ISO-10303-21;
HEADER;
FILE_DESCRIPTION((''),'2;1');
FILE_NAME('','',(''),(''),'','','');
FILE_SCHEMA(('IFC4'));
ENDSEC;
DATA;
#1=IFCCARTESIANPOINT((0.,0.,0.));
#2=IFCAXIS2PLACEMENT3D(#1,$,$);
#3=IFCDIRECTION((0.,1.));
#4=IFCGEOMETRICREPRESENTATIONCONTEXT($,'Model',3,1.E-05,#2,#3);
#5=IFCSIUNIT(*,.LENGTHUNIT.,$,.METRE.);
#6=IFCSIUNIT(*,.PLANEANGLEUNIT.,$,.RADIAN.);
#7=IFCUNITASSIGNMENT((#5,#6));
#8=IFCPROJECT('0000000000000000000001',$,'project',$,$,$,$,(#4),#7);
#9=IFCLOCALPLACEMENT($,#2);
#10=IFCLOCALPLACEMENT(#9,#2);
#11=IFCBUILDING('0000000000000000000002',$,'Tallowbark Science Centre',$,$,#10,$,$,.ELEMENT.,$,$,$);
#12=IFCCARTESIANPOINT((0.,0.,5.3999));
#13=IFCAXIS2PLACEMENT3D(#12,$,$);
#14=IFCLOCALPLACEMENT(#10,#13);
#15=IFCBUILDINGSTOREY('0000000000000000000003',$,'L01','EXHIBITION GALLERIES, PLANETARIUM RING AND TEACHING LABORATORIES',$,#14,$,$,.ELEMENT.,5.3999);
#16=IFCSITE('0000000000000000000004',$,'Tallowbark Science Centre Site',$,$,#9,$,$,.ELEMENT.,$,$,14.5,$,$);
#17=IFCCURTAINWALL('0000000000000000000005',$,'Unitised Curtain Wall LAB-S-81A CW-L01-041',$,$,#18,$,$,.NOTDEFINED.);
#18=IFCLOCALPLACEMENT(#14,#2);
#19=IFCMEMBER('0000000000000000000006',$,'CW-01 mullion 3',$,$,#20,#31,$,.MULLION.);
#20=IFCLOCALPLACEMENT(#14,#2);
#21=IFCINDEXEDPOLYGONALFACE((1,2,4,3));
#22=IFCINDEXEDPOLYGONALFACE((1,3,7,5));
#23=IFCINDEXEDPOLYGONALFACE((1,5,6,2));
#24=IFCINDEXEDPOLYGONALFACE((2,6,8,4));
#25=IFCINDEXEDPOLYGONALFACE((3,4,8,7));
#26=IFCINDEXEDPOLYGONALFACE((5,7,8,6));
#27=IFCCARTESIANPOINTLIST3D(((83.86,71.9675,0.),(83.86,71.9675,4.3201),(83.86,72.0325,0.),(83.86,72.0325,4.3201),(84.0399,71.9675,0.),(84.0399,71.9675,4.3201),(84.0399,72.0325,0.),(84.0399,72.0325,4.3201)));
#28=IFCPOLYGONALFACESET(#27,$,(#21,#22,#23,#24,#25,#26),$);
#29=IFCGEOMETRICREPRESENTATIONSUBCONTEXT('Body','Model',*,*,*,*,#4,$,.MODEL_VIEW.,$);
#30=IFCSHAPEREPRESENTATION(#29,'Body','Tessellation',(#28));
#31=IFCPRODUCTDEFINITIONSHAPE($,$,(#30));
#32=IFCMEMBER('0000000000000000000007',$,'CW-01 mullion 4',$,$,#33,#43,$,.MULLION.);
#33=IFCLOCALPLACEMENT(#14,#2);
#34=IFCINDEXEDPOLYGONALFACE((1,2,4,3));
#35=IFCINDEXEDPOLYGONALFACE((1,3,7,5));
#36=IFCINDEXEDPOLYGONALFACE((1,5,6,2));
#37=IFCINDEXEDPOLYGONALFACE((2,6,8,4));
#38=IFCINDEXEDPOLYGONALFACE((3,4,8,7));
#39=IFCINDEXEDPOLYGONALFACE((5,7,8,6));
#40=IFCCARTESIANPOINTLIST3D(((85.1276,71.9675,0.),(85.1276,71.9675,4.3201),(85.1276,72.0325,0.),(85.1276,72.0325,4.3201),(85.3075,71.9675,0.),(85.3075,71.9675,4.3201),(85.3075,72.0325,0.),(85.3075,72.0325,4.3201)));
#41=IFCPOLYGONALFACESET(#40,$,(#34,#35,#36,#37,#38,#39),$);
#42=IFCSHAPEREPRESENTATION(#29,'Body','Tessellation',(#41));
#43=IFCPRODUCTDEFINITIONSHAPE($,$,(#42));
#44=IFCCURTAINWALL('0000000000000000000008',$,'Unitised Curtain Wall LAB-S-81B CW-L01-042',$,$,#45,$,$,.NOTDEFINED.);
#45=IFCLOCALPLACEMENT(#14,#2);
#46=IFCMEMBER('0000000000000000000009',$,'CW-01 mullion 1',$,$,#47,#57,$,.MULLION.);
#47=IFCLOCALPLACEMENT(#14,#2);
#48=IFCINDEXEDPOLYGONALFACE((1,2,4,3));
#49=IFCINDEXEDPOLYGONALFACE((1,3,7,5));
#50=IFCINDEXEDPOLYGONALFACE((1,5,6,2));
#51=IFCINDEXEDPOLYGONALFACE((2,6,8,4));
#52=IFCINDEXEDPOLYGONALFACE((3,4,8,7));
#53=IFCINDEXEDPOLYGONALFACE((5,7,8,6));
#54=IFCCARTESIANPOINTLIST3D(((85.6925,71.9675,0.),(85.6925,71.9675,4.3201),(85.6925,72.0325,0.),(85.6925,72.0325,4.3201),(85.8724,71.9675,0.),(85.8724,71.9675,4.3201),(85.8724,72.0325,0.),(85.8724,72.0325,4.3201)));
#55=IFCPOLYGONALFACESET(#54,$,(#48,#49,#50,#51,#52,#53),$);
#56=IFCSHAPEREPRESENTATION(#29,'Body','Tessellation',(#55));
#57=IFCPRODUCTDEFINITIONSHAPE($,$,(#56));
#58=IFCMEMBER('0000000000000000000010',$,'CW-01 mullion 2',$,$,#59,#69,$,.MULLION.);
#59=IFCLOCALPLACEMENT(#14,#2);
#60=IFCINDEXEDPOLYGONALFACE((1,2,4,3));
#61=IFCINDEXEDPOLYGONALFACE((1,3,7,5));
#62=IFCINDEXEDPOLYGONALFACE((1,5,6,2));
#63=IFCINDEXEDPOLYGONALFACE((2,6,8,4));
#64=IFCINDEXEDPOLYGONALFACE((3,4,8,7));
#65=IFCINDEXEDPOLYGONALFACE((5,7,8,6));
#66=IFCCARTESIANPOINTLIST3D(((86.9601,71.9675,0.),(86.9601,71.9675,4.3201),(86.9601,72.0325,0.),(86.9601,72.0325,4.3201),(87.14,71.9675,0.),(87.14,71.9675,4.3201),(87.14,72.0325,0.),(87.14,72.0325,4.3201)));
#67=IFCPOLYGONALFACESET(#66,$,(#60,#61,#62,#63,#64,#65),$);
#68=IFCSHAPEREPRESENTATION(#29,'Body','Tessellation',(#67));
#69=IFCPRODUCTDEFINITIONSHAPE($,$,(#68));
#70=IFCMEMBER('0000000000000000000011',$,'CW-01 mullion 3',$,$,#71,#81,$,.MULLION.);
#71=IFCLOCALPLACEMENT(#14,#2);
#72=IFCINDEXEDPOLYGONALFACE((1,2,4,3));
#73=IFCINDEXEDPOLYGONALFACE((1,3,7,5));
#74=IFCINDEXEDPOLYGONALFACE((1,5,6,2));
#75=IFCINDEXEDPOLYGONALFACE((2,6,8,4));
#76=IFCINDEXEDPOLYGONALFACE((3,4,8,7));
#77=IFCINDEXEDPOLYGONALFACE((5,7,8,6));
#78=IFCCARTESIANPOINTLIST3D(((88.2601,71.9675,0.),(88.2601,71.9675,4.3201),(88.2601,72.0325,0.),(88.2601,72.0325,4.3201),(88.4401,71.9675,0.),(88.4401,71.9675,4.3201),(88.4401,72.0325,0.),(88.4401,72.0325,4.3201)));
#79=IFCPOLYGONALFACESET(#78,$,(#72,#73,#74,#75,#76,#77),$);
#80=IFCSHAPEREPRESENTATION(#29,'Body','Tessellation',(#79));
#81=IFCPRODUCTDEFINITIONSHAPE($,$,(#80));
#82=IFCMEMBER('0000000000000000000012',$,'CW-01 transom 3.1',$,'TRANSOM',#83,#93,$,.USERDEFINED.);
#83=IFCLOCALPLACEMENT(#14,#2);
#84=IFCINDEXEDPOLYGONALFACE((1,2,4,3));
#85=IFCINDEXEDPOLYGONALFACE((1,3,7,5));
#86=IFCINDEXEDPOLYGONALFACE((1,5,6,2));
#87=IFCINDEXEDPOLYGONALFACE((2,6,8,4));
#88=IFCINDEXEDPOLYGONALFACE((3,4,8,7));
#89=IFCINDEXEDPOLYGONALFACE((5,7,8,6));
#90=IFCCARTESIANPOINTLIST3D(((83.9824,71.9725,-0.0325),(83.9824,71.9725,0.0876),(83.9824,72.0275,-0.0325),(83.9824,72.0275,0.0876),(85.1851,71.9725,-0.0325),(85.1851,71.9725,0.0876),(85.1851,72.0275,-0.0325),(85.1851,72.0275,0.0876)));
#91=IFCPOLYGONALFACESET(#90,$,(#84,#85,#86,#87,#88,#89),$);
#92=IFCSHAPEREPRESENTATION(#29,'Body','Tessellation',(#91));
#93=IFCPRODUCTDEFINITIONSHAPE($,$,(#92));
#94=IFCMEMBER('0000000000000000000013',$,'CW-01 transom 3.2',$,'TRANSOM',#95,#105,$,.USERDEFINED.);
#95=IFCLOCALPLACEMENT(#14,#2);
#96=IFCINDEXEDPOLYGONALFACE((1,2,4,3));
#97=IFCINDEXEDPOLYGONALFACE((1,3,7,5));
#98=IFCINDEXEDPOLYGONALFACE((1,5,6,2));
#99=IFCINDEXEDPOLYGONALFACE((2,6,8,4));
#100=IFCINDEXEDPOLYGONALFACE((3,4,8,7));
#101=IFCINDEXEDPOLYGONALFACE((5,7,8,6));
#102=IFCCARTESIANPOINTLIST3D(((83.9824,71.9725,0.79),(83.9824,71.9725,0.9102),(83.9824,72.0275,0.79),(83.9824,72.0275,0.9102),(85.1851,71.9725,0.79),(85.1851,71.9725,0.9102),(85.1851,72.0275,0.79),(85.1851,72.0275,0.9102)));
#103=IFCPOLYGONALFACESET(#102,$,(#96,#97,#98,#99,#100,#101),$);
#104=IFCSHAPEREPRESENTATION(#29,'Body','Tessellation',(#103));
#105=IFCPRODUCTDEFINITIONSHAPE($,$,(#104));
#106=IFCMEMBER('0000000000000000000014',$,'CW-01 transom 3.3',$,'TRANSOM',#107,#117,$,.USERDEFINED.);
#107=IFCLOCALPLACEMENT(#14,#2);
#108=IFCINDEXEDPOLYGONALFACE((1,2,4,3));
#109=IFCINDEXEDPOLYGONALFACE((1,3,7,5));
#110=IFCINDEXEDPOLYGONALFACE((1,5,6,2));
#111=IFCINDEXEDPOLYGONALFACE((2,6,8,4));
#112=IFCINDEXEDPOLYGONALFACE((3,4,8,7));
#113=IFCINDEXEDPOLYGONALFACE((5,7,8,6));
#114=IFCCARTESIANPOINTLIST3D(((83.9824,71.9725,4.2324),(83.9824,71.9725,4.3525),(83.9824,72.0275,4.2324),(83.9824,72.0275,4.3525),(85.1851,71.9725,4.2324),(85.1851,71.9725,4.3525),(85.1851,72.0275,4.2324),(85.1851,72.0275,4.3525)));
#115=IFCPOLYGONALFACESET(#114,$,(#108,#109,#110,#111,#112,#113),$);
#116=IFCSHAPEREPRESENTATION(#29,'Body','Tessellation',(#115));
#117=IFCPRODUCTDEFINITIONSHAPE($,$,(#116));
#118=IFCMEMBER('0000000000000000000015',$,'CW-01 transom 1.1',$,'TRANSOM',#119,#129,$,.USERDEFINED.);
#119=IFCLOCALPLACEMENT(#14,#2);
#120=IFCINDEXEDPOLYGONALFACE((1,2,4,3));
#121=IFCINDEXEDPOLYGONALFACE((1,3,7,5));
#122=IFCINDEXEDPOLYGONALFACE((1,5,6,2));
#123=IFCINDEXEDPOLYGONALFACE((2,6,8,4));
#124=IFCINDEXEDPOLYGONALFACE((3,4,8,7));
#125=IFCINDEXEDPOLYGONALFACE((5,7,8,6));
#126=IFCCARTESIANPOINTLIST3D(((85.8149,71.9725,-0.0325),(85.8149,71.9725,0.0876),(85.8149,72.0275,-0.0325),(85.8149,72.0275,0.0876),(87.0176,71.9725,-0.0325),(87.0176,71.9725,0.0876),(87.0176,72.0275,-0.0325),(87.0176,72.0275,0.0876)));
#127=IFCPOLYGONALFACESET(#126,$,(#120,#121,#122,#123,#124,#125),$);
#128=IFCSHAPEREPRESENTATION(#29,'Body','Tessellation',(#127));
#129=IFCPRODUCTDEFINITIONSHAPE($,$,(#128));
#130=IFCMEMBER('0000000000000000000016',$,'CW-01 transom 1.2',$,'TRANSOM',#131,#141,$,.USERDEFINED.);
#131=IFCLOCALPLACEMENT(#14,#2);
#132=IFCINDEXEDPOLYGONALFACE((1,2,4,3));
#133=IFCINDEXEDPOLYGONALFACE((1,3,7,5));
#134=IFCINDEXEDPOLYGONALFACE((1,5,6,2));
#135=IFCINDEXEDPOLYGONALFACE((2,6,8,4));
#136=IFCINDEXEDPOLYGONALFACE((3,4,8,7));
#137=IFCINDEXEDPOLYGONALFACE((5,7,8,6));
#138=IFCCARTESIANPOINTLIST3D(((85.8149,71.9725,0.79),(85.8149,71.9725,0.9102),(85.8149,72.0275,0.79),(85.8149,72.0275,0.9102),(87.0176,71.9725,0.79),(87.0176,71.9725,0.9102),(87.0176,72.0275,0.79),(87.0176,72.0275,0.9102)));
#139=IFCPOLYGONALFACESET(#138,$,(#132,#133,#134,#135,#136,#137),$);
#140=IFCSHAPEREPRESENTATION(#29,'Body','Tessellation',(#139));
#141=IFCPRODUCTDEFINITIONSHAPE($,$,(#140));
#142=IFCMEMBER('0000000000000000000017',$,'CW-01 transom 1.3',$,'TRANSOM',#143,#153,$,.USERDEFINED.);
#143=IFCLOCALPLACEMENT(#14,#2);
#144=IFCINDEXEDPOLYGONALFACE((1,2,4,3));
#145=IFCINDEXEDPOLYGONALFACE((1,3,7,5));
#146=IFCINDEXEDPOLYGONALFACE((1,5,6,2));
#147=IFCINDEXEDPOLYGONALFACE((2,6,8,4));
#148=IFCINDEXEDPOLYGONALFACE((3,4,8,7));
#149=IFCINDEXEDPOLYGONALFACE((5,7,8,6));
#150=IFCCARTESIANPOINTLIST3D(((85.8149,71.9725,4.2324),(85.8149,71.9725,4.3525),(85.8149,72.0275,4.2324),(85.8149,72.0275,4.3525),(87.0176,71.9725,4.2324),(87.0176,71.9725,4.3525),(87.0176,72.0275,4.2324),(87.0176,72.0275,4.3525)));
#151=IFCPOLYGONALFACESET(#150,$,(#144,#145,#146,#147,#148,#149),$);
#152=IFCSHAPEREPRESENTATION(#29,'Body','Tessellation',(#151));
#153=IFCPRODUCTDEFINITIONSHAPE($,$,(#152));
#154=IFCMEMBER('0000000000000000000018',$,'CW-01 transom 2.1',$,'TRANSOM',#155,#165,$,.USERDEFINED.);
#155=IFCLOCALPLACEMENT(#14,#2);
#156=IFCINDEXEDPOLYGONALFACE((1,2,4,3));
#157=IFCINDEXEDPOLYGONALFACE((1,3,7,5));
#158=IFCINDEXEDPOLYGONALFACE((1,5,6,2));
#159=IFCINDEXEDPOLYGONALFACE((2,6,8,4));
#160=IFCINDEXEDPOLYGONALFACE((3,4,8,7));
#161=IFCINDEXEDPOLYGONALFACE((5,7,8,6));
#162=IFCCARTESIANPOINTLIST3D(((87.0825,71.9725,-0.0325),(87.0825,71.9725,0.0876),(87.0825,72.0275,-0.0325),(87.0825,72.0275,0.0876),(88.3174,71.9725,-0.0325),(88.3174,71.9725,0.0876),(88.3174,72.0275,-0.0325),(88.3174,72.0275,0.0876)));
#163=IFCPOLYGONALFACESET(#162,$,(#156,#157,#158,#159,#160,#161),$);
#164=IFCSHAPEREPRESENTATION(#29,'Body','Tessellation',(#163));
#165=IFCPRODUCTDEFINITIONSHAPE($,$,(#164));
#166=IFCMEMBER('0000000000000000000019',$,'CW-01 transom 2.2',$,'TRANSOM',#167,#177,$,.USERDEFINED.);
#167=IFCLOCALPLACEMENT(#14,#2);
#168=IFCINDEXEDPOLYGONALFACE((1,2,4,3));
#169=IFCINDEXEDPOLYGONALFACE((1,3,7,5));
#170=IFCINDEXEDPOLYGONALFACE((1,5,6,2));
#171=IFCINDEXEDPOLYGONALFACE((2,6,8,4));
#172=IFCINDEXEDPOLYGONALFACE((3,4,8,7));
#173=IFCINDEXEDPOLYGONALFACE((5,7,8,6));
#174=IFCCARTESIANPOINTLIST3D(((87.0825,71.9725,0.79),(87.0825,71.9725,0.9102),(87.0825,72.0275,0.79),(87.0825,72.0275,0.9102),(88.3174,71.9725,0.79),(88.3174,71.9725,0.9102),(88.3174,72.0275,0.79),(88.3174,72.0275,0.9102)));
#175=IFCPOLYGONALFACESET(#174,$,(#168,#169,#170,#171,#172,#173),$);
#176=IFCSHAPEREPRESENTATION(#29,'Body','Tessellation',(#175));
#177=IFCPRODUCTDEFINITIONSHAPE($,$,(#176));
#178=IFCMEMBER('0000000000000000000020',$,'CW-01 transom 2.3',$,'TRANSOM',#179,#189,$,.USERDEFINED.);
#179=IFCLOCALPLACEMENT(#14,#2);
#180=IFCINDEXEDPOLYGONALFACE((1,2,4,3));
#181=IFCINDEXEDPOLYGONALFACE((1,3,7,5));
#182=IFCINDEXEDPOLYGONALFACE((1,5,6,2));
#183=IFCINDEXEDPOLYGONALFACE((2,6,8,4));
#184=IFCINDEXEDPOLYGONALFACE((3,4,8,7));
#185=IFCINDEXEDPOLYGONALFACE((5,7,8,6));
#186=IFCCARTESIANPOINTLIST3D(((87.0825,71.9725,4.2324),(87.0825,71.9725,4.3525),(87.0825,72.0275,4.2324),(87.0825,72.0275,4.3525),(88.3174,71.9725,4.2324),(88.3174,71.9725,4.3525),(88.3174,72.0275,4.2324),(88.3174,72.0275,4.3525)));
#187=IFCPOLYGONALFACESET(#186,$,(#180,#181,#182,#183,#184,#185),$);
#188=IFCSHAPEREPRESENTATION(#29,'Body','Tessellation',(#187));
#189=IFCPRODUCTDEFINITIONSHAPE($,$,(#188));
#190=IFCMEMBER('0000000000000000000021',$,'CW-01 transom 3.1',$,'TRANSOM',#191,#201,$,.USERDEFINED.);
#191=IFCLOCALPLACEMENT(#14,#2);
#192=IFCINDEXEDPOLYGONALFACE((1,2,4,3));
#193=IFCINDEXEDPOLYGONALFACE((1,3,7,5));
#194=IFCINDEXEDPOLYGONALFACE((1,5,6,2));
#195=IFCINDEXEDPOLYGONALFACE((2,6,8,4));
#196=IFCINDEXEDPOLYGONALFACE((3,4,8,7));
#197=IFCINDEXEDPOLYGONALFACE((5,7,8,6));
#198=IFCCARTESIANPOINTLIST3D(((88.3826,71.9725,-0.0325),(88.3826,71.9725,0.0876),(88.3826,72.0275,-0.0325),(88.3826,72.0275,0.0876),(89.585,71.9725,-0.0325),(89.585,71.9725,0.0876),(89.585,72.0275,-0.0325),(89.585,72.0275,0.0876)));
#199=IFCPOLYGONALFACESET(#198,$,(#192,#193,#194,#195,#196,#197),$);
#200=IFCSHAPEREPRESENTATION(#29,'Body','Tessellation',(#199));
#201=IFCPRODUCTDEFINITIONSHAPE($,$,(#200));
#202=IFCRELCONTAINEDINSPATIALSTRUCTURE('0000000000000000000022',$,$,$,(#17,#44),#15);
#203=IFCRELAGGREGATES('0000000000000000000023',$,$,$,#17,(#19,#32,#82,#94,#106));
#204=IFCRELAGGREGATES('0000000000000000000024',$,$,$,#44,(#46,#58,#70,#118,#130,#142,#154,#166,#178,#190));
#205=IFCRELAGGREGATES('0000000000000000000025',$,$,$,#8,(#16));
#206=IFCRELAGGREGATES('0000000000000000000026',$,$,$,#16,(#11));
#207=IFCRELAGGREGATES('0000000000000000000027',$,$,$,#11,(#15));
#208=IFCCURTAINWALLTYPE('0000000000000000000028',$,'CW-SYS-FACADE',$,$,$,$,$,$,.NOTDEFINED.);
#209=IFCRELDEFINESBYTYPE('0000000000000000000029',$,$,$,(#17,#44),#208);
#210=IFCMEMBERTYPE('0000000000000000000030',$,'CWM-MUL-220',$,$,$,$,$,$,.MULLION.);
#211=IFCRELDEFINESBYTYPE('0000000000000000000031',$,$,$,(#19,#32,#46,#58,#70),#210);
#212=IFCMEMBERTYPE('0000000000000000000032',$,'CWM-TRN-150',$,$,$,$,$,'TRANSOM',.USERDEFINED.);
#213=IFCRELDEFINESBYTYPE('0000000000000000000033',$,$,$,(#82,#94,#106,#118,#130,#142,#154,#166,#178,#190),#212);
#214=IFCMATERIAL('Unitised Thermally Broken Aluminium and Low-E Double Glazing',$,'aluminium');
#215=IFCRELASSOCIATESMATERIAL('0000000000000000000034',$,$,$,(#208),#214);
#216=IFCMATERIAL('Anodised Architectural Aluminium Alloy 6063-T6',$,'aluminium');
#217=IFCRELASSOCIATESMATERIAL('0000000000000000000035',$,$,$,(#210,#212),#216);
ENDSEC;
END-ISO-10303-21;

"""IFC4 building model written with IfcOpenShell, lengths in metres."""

from ifc_helpers import new_model, si_unit, direction, frame, origin, origin_2d, place, context, subcontext, project, spatial, rectangle, extrude, material, material_profile, profile_set, type_object, element, aggregate, save


model = new_model("IFC4")

# Units and contexts
model_context = context("Model", 3, precision=1e-05, world=origin(), true_north=direction((0.0, 1.0)))
body_context = subcontext(model_context, "Body", "Model", "MODEL_VIEW")
ifc_project = project(units=[si_unit("LENGTHUNIT", "METRE"), si_unit("PLANEANGLEUNIT", "RADIAN")], contexts=[model_context])

# Site, building, storey
site_placement = place(None, origin())
site = spatial("IfcSite", under=ifc_project, at=site_placement, Name="Tallowbark Science Centre Site", CompositionType="ELEMENT", RefElevation=14.5)
building_placement = place(site_placement, origin())
building = spatial("IfcBuilding", under=site, at=building_placement, Name="Tallowbark Science Centre", CompositionType="ELEMENT")
storey_placement = place(building_placement, frame((0.0, 0.0, 5.3999)))
storey = spatial("IfcBuildingStorey", under=building, at=storey_placement, Name="L01", Description="EXHIBITION GALLERIES, PLANETARIUM RING AND TEACHING LABORATORIES", CompositionType="ELEMENT", Elevation=5.3999)

# Curtain walls, members
ifc_material_1 = material(Name="Unitised Thermally Broken Aluminium and Low-E Double Glazing", Category="aluminium")
curtain_wall_type = type_object("IfcCurtainWallType", Name="CW-SYS-FACADE", PredefinedType="NOTDEFINED", material=ifc_material_1)
curtain_wall_1_placement = place(storey_placement, origin())
curtain_wall_1 = element("IfcCurtainWall", 1, at=curtain_wall_1_placement, inside=storey, type_object=curtain_wall_type, Name="Unitised Curtain Wall LAB-S-81A CW-L01-041", PredefinedType="NOTDEFINED")
ifc_material_2 = material(Name="Anodised Architectural Aluminium Alloy 6063-T6", Category="aluminium")
ifc_material_profile_1 = material_profile(ifc_material_2, rectangle(XDim=0.0649, YDim=0.1799, at=origin_2d()), Name="ALU65x180")
ifc_profile_set_1 = profile_set([ifc_material_profile_1], Name="Anodised Architectural Aluminium Alloy 6063-T6")
member_type_1 = type_object("IfcMemberType", Name="CWM-MUL-220", PredefinedType="MULLION", material=ifc_profile_set_1)
member_1_placement = place(storey_placement, frame((83.95, 72.0, 0.0), z_axis=(0.0, 0.0, 1.0), x_axis=(0.0, 1.0, 0.0)))
member_1 = element("IfcMember", 2, at=member_1_placement, type_object=member_type_1, Name="CW-01 mullion 3", PredefinedType="MULLION", context=body_context, shape_type="SweptSolid", body=[
    extrude(rectangle(XDim=0.0649, YDim=0.1799, at=origin_2d()), origin(), (0.0, 0.0, 1.0), 4.3201),
])
member_2_placement = place(storey_placement, frame((85.2175, 72.0, 0.0), z_axis=(0.0, 0.0, 1.0), x_axis=(0.0, 1.0, 0.0)))
member_2 = element("IfcMember", 3, at=member_2_placement, type_object=member_type_1, Name="CW-01 mullion 4", PredefinedType="MULLION", context=body_context, shape_type="SweptSolid", body=[
    extrude(rectangle(XDim=0.0649, YDim=0.1799, at=origin_2d()), origin(), (0.0, 0.0, 1.0), 4.3201),
])
curtain_wall_2_placement = place(storey_placement, origin())
curtain_wall_2 = element("IfcCurtainWall", 4, at=curtain_wall_2_placement, inside=storey, type_object=curtain_wall_type, Name="Unitised Curtain Wall LAB-S-81B CW-L01-042", PredefinedType="NOTDEFINED")
member_3_placement = place(storey_placement, frame((85.7825, 72.0, 0.0), z_axis=(0.0, 0.0, 1.0), x_axis=(0.0, 1.0, 0.0)))
member_3 = element("IfcMember", 5, at=member_3_placement, type_object=member_type_1, Name="CW-01 mullion 1", PredefinedType="MULLION", context=body_context, shape_type="SweptSolid", body=[
    extrude(rectangle(XDim=0.0649, YDim=0.1799, at=origin_2d()), origin(), (0.0, 0.0, 1.0), 4.3201),
])
member_4_placement = place(storey_placement, frame((87.05, 72.0, 0.0), z_axis=(0.0, 0.0, 1.0), x_axis=(0.0, 1.0, 0.0)))
member_4 = element("IfcMember", 6, at=member_4_placement, type_object=member_type_1, Name="CW-01 mullion 2", PredefinedType="MULLION", context=body_context, shape_type="SweptSolid", body=[
    extrude(rectangle(XDim=0.0649, YDim=0.1799, at=origin_2d()), origin(), (0.0, 0.0, 1.0), 4.3201),
])
member_5_placement = place(storey_placement, frame((88.3501, 72.0, 0.0), z_axis=(0.0, 0.0, 1.0), x_axis=(0.0, 1.0, 0.0)))
member_5 = element("IfcMember", 7, at=member_5_placement, type_object=member_type_1, Name="CW-01 mullion 3", PredefinedType="MULLION", context=body_context, shape_type="SweptSolid", body=[
    extrude(rectangle(XDim=0.0649, YDim=0.1799, at=origin_2d()), origin(), (0.0, 0.0, 1.0), 4.3201),
])

# Members
ifc_material_profile_2 = material_profile(ifc_material_2, rectangle(XDim=0.0549, YDim=0.1201, at=origin_2d()), Name="ALU55x120")
ifc_profile_set_2 = profile_set([ifc_material_profile_2], Name="Anodised Architectural Aluminium Alloy 6063-T6")
member_type_2 = type_object("IfcMemberType", Name="CWM-TRN-150", ElementType="TRANSOM", PredefinedType="USERDEFINED", material=ifc_profile_set_2)
member_6_placement = place(storey_placement, frame((83.9824, 72.0, 0.0276), z_axis=(1.0, 0.0, 0.0), x_axis=(0.0, 1.0, 0.0)))
member_6 = element("IfcMember", 8, at=member_6_placement, type_object=member_type_2, Name="CW-01 transom 3.1", ObjectType="TRANSOM", PredefinedType="USERDEFINED", context=body_context, shape_type="SweptSolid", body=[
    extrude(rectangle(XDim=0.0549, YDim=0.1201, at=origin_2d()), origin(), (0.0, 0.0, 1.0), 1.2026),
])
member_7_placement = place(storey_placement, frame((83.9824, 72.0, 0.8501), z_axis=(1.0, 0.0, 0.0), x_axis=(0.0, 1.0, 0.0)))
member_7 = element("IfcMember", 9, at=member_7_placement, type_object=member_type_2, Name="CW-01 transom 3.2", ObjectType="TRANSOM", PredefinedType="USERDEFINED", context=body_context, shape_type="SweptSolid", body=[
    extrude(rectangle(XDim=0.0549, YDim=0.1201, at=origin_2d()), origin(), (0.0, 0.0, 1.0), 1.2026),
])
member_8_placement = place(storey_placement, frame((83.9824, 72.0, 4.2925), z_axis=(1.0, 0.0, 0.0), x_axis=(0.0, 1.0, 0.0)))
member_8 = element("IfcMember", 10, at=member_8_placement, type_object=member_type_2, Name="CW-01 transom 3.3", ObjectType="TRANSOM", PredefinedType="USERDEFINED", context=body_context, shape_type="SweptSolid", body=[
    extrude(rectangle(XDim=0.0549, YDim=0.1201, at=origin_2d()), origin(), (0.0, 0.0, 1.0), 1.2026),
])
member_9_placement = place(storey_placement, frame((85.8149, 72.0, 0.0276), z_axis=(1.0, 0.0, 0.0), x_axis=(0.0, 1.0, 0.0)))
member_9 = element("IfcMember", 11, at=member_9_placement, type_object=member_type_2, Name="CW-01 transom 1.1", ObjectType="TRANSOM", PredefinedType="USERDEFINED", context=body_context, shape_type="SweptSolid", body=[
    extrude(rectangle(XDim=0.0549, YDim=0.1201, at=origin_2d()), origin(), (0.0, 0.0, 1.0), 1.2026),
])
member_10_placement = place(storey_placement, frame((85.8149, 72.0, 0.8501), z_axis=(1.0, 0.0, 0.0), x_axis=(0.0, 1.0, 0.0)))
member_10 = element("IfcMember", 12, at=member_10_placement, type_object=member_type_2, Name="CW-01 transom 1.2", ObjectType="TRANSOM", PredefinedType="USERDEFINED", context=body_context, shape_type="SweptSolid", body=[
    extrude(rectangle(XDim=0.0549, YDim=0.1201, at=origin_2d()), origin(), (0.0, 0.0, 1.0), 1.2026),
])
member_11_placement = place(storey_placement, frame((85.8149, 72.0, 4.2925), z_axis=(1.0, 0.0, 0.0), x_axis=(0.0, 1.0, 0.0)))
member_11 = element("IfcMember", 13, at=member_11_placement, type_object=member_type_2, Name="CW-01 transom 1.3", ObjectType="TRANSOM", PredefinedType="USERDEFINED", context=body_context, shape_type="SweptSolid", body=[
    extrude(rectangle(XDim=0.0549, YDim=0.1201, at=origin_2d()), origin(), (0.0, 0.0, 1.0), 1.2026),
])
member_12_placement = place(storey_placement, frame((87.0825, 72.0, 0.0276), z_axis=(1.0, 0.0, 0.0), x_axis=(0.0, 1.0, 0.0)))
member_12 = element("IfcMember", 14, at=member_12_placement, type_object=member_type_2, Name="CW-01 transom 2.1", ObjectType="TRANSOM", PredefinedType="USERDEFINED", context=body_context, shape_type="SweptSolid", body=[
    extrude(rectangle(XDim=0.0549, YDim=0.1201, at=origin_2d()), origin(), (0.0, 0.0, 1.0), 1.2349),
])
member_13_placement = place(storey_placement, frame((87.0825, 72.0, 0.8501), z_axis=(1.0, 0.0, 0.0), x_axis=(0.0, 1.0, 0.0)))
member_13 = element("IfcMember", 15, at=member_13_placement, type_object=member_type_2, Name="CW-01 transom 2.2", ObjectType="TRANSOM", PredefinedType="USERDEFINED", context=body_context, shape_type="SweptSolid", body=[
    extrude(rectangle(XDim=0.0549, YDim=0.1201, at=origin_2d()), origin(), (0.0, 0.0, 1.0), 1.2349),
])
member_14_placement = place(storey_placement, frame((87.0825, 72.0, 4.2925), z_axis=(1.0, 0.0, 0.0), x_axis=(0.0, 1.0, 0.0)))
member_14 = element("IfcMember", 16, at=member_14_placement, type_object=member_type_2, Name="CW-01 transom 2.3", ObjectType="TRANSOM", PredefinedType="USERDEFINED", context=body_context, shape_type="SweptSolid", body=[
    extrude(rectangle(XDim=0.0549, YDim=0.1201, at=origin_2d()), origin(), (0.0, 0.0, 1.0), 1.2349),
])
member_15_placement = place(storey_placement, frame((88.3826, 72.0, 0.0276), z_axis=(1.0, 0.0, 0.0), x_axis=(0.0, 1.0, 0.0)))
member_15 = element("IfcMember", 17, at=member_15_placement, type_object=member_type_2, Name="CW-01 transom 3.1", ObjectType="TRANSOM", PredefinedType="USERDEFINED", context=body_context, shape_type="SweptSolid", body=[
    extrude(rectangle(XDim=0.0549, YDim=0.1201, at=origin_2d()), origin(), (0.0, 0.0, 1.0), 1.2024),
])

aggregate(curtain_wall_1, [member_1, member_2, member_6, member_7, member_8])
aggregate(curtain_wall_2, [member_3, member_4, member_5, member_9, member_10, member_11, member_12, member_13, member_14, member_15])

save(model, "model.ifc")
